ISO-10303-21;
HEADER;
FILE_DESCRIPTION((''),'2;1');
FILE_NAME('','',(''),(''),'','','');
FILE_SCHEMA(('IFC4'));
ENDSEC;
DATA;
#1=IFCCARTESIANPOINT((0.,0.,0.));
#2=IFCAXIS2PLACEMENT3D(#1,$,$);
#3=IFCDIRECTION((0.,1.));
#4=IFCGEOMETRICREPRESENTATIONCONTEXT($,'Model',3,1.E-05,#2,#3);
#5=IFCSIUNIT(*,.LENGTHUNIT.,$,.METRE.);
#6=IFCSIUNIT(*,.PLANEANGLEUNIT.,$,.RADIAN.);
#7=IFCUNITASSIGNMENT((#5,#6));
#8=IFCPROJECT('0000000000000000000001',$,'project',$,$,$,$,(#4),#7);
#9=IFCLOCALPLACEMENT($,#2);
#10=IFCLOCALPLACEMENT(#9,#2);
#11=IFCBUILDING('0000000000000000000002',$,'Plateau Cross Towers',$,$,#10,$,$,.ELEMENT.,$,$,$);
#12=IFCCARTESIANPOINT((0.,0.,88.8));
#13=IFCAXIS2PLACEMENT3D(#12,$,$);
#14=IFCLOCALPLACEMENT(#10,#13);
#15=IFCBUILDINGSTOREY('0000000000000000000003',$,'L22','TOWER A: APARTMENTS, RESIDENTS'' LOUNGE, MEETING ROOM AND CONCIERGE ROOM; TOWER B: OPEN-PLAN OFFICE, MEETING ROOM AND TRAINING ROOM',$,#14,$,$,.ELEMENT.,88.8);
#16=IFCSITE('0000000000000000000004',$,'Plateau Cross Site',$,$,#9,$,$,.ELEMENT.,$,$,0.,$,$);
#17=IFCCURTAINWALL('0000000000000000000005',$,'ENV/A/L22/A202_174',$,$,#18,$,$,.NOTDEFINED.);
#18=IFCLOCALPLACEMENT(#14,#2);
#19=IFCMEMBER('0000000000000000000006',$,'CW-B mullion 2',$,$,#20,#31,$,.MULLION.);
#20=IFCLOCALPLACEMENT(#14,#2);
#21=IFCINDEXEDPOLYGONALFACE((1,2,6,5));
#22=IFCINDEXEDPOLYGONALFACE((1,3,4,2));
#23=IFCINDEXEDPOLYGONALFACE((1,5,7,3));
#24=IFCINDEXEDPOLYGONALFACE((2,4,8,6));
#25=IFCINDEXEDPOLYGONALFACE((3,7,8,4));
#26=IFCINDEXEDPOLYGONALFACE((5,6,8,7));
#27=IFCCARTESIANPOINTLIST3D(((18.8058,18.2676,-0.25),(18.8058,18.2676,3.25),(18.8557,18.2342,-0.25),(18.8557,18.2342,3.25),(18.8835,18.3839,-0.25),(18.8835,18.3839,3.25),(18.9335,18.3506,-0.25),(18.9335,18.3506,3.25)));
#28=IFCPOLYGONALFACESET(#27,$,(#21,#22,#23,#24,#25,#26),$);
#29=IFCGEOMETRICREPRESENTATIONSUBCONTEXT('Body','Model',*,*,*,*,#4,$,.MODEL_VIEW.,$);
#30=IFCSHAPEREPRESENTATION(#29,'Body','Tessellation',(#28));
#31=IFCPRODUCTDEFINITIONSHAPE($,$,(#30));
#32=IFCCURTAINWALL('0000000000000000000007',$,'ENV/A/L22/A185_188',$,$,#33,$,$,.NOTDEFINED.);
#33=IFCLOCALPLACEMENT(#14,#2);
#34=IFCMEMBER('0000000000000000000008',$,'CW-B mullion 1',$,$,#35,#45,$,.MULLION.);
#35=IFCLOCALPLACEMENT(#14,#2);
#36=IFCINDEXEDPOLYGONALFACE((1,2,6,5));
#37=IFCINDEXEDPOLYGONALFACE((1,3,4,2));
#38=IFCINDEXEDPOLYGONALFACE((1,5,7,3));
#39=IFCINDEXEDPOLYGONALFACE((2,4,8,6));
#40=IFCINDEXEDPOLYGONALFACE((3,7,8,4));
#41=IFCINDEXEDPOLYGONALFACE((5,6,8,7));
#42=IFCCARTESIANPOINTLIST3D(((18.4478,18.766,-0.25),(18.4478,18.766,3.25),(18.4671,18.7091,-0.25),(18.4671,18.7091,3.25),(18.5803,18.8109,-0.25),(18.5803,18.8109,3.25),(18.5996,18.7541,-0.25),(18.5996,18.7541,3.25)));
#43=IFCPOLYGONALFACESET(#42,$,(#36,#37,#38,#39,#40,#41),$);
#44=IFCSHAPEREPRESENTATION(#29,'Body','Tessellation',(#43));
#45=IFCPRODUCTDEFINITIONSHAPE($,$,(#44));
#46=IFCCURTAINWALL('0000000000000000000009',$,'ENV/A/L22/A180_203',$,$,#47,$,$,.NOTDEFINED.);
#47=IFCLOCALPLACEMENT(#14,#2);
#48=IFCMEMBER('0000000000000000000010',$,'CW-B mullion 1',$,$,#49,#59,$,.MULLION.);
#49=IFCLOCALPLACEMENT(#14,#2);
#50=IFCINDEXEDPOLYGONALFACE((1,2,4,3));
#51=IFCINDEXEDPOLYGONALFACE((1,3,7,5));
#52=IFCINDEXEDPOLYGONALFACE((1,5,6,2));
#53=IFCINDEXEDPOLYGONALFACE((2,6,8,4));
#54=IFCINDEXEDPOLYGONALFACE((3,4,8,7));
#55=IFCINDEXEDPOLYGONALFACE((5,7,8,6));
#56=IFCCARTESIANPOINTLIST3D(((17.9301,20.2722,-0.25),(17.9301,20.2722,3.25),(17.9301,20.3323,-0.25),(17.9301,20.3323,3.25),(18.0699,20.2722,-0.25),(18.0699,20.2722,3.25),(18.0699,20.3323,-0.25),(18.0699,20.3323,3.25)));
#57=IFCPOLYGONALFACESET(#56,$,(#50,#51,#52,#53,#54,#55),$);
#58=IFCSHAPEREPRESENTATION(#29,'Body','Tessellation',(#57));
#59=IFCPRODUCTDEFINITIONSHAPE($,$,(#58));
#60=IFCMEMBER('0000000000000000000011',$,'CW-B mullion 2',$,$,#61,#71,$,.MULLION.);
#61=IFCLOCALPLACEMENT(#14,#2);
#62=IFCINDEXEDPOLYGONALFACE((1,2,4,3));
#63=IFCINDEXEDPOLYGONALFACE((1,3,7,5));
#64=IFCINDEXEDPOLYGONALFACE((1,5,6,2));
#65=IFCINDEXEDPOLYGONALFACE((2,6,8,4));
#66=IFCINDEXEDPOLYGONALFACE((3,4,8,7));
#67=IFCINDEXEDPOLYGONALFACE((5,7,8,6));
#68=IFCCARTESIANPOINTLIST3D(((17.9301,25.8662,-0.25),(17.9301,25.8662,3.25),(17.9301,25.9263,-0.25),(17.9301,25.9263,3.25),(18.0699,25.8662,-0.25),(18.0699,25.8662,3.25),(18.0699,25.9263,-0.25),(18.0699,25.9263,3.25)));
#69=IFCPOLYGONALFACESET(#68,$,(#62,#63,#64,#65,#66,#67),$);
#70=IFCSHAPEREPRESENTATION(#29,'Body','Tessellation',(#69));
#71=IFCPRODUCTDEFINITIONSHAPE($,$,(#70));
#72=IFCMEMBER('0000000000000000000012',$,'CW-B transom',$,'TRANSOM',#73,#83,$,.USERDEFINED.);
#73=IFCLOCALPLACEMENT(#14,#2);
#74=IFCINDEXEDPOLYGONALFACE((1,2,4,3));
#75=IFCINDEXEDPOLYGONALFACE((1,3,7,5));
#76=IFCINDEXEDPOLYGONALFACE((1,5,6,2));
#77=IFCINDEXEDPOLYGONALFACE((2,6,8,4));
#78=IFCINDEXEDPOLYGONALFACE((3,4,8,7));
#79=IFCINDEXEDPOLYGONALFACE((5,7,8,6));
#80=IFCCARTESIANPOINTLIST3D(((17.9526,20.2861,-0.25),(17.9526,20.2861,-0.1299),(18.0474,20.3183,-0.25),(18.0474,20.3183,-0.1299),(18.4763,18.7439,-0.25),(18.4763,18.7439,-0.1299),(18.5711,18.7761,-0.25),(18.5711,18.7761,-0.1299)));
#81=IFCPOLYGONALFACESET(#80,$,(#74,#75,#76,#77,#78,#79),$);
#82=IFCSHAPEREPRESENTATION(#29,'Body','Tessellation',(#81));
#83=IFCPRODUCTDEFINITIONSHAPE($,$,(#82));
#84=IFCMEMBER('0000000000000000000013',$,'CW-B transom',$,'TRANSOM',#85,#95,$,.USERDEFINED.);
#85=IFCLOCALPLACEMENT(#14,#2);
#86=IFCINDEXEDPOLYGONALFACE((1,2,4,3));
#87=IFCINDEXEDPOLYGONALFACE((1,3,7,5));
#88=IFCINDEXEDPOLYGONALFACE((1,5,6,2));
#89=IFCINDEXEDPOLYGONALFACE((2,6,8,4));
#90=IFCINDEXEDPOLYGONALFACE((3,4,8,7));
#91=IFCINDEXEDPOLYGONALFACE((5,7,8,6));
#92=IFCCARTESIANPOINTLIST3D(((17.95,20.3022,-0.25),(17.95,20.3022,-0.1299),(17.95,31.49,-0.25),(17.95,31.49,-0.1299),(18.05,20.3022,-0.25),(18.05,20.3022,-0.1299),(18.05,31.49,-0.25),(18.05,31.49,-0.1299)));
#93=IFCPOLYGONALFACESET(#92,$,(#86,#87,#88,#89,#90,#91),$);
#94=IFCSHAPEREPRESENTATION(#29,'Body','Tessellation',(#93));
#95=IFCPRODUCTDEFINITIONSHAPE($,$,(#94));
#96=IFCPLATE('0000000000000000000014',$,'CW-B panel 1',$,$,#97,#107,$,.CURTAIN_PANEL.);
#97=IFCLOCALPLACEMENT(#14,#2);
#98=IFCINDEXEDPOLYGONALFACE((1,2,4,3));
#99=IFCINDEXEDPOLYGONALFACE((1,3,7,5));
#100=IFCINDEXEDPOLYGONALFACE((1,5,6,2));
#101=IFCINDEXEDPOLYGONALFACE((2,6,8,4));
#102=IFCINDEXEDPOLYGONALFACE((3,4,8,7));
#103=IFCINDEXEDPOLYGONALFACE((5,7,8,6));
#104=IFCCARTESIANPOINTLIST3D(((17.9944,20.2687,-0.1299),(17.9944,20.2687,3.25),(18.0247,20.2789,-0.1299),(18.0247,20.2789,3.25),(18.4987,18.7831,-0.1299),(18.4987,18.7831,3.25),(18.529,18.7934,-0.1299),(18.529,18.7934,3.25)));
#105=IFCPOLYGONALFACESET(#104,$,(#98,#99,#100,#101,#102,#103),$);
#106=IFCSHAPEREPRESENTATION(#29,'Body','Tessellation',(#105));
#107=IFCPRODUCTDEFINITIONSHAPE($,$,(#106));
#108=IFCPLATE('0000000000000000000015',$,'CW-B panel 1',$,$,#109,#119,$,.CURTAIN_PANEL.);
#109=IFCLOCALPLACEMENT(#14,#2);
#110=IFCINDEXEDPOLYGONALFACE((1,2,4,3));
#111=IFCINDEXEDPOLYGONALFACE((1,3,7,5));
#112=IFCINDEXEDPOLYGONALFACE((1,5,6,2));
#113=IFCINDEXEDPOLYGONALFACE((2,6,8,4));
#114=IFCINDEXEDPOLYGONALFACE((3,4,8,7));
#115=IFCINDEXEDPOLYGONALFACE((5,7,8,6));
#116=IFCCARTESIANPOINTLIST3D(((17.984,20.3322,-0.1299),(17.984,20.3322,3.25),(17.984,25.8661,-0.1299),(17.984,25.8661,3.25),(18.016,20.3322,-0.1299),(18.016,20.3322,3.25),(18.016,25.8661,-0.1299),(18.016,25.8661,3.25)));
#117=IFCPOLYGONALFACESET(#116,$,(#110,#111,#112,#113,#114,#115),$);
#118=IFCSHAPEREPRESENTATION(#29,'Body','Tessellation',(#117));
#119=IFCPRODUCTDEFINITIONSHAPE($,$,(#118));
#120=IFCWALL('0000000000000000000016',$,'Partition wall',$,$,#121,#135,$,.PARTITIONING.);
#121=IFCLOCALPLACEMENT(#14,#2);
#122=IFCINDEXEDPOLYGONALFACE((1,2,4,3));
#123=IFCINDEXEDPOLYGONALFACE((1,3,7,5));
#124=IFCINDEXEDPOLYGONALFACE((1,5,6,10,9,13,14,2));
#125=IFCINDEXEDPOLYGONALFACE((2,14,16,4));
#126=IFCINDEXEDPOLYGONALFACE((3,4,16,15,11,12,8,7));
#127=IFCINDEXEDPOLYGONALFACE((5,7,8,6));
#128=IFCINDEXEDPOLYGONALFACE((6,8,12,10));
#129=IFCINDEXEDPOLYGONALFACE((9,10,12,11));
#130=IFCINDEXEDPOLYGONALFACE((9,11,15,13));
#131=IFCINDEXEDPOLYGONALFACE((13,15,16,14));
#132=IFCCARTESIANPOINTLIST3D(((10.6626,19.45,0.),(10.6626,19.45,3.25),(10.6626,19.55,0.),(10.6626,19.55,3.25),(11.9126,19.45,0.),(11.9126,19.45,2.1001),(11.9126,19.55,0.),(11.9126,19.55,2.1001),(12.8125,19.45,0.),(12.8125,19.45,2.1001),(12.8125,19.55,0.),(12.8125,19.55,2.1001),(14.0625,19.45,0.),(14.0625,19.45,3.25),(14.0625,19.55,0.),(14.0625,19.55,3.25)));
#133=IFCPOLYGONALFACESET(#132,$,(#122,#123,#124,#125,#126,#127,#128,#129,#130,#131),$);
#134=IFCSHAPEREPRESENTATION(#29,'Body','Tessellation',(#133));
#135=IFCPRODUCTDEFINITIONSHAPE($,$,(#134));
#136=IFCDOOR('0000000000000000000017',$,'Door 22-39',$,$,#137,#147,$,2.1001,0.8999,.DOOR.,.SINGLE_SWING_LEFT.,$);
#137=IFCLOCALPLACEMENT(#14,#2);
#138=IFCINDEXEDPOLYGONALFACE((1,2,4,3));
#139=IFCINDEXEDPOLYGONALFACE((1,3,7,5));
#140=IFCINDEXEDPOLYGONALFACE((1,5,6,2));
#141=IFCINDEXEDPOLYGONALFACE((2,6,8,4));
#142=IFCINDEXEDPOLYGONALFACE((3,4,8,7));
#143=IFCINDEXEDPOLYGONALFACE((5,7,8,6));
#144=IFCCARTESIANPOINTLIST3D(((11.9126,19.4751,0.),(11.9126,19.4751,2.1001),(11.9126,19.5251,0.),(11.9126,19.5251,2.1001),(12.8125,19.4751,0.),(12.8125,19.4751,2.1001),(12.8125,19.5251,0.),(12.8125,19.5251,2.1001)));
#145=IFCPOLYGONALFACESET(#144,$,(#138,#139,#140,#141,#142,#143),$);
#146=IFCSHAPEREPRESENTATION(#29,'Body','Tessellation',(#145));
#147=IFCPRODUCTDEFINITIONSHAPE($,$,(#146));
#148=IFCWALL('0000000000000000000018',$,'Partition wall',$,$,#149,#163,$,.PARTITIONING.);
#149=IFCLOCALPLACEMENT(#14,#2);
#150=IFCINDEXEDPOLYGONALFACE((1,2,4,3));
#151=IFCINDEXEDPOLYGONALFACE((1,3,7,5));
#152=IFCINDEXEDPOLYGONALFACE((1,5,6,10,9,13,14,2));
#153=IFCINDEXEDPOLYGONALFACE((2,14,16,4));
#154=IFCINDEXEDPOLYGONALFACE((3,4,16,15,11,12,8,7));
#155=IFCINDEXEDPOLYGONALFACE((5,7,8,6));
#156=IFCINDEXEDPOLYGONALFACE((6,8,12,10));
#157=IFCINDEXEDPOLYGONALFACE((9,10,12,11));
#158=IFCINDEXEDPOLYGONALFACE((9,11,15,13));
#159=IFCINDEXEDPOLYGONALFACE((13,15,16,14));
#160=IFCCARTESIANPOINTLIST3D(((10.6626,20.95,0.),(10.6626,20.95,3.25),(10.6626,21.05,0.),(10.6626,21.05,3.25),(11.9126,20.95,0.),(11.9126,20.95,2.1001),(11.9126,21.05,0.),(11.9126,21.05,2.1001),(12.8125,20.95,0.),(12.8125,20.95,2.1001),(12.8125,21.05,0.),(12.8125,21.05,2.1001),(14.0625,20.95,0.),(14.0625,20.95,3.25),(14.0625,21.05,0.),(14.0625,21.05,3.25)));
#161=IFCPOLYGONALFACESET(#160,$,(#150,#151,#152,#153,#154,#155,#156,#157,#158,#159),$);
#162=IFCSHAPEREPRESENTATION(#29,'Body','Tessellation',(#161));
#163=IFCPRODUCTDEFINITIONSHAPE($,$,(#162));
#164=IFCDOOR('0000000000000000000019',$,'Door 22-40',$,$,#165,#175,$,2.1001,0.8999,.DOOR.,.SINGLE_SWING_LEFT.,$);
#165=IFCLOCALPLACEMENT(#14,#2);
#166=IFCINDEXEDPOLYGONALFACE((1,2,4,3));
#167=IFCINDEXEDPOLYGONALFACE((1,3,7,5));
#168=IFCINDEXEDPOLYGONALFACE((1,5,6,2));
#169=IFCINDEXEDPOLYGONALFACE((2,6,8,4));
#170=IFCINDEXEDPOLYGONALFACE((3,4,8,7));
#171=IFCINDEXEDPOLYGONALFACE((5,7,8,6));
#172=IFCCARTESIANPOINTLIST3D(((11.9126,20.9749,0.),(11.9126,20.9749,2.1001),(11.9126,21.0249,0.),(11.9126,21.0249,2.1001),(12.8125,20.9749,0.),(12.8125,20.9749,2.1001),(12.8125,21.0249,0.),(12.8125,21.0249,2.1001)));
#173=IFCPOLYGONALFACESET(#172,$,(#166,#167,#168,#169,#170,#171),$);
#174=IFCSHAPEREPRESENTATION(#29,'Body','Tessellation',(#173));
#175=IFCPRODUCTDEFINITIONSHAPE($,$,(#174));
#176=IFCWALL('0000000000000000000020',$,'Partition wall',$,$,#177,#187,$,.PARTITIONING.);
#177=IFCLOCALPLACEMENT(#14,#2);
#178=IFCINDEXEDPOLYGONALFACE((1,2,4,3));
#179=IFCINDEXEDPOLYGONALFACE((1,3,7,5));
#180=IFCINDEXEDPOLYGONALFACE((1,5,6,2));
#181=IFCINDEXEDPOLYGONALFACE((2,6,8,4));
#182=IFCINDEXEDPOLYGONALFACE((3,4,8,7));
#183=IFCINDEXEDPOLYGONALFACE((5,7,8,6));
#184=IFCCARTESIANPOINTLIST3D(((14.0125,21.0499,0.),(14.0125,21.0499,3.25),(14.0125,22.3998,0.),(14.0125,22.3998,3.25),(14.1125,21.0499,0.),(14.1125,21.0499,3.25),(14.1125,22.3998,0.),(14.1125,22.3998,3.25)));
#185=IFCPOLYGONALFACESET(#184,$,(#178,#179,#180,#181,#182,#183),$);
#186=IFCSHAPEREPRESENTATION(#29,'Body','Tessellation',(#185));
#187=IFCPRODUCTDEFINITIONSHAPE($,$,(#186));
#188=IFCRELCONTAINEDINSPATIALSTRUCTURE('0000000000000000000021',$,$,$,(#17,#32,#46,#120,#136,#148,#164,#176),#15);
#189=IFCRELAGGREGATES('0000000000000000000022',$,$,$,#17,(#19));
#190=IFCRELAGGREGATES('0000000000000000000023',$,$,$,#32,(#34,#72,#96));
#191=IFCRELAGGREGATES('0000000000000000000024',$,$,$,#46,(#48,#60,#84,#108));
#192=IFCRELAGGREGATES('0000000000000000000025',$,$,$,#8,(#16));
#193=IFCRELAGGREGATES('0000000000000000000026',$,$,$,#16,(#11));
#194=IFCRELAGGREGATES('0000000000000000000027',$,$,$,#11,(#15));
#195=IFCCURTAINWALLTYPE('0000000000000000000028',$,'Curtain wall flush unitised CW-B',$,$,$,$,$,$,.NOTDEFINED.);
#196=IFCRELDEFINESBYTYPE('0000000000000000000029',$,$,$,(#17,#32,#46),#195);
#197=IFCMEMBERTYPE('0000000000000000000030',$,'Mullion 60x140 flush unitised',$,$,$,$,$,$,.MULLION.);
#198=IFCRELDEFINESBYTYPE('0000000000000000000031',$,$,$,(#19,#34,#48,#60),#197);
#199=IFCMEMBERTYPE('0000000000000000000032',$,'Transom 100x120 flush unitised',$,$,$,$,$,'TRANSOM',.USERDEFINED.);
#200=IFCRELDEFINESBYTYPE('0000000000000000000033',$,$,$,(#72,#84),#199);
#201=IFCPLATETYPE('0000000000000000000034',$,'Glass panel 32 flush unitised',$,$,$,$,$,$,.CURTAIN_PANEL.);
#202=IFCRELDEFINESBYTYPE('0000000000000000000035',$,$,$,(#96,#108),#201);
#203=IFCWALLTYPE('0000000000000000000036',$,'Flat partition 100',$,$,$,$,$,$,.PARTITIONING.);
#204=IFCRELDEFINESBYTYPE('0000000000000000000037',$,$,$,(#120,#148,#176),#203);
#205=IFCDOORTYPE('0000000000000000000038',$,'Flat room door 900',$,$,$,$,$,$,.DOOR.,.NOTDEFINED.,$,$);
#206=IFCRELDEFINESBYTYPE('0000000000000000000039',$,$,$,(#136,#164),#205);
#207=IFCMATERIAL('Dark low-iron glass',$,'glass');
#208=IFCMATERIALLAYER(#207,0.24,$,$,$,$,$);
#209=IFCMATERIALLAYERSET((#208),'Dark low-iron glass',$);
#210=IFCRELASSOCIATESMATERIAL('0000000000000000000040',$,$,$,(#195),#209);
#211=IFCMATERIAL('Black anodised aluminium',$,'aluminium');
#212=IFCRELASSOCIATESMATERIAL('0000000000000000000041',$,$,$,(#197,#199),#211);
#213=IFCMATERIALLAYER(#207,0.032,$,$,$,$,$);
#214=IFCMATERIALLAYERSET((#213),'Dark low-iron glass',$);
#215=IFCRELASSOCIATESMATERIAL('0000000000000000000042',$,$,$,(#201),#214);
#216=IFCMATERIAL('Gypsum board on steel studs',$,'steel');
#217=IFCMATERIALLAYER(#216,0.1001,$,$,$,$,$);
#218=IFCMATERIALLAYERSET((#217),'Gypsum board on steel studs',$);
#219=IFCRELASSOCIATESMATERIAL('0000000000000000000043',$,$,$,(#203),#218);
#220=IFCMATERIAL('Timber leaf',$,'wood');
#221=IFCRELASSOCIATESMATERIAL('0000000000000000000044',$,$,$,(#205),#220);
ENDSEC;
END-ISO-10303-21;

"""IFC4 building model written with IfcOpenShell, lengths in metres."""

from ifc_helpers import new_model, si_unit, direction, frame, frame_2d, origin, origin_2d, place, context, subcontext, project, spatial, rectangle, extrude, material, layer, layer_set, material_profile, profile_set, type_object, element, fill, aggregate, save


model = new_model("IFC4")

# Units and contexts
model_context = context("Model", 3, precision=1e-05, world=origin(), true_north=direction((0.0, 1.0)))
body_context = subcontext(model_context, "Body", "Model", "MODEL_VIEW")
ifc_project = project(units=[si_unit("LENGTHUNIT", "METRE"), si_unit("PLANEANGLEUNIT", "RADIAN")], contexts=[model_context])

# Site, building, storey
site_placement = place(None, origin())
site = spatial("IfcSite", under=ifc_project, at=site_placement, Name="Plateau Cross Site", CompositionType="ELEMENT", RefElevation=0.0)
building_placement = place(site_placement, origin())
building = spatial("IfcBuilding", under=site, at=building_placement, Name="Plateau Cross Towers", CompositionType="ELEMENT")
storey_placement = place(building_placement, frame((0.0, 0.0, 88.8)))
storey = spatial("IfcBuildingStorey", under=building, at=storey_placement, Name="L22", Description="TOWER A: APARTMENTS, RESIDENTS' LOUNGE, MEETING ROOM AND CONCIERGE ROOM; TOWER B: OPEN-PLAN OFFICE, MEETING ROOM AND TRAINING ROOM", CompositionType="ELEMENT", Elevation=88.8)

# Curtain walls, members
ifc_material_1 = material(Name="Dark low-iron glass", Category="glass")
ifc_layer_1 = layer(ifc_material_1, 0.24)
ifc_layer_set_1 = layer_set([ifc_layer_1], Name="Dark low-iron glass")
curtain_wall_type = type_object("IfcCurtainWallType", Name="Curtain wall flush unitised CW-B", PredefinedType="NOTDEFINED", material=ifc_layer_set_1)
curtain_wall_1_placement = place(storey_placement, origin())
curtain_wall_1 = element("IfcCurtainWall", 1, at=curtain_wall_1_placement, inside=storey, type_object=curtain_wall_type, Name="ENV/A/L22/A202_174", PredefinedType="NOTDEFINED")
ifc_material_2 = material(Name="Black anodised aluminium", Category="aluminium")
ifc_material_profile_1 = material_profile(ifc_material_2, rectangle(XDim=0.0601, YDim=0.1399, at=origin_2d()), Name="MULLION 60x140")
ifc_profile_set_1 = profile_set([ifc_material_profile_1], Name="Black anodised aluminium")
member_type_1 = type_object("IfcMemberType", Name="Mullion 60x140 flush unitised", PredefinedType="MULLION", material=ifc_profile_set_1)
member_1_placement = place(storey_placement, frame((18.8696, 18.3091, -0.25), z_axis=(0.0, 0.0, 1.0), x_axis=(-0.831521, 0.555493, 0.0)))
member_1 = element("IfcMember", 2, at=member_1_placement, type_object=member_type_1, Name="CW-B mullion 2", PredefinedType="MULLION", context=body_context, shape_type="SweptSolid", body=[
    extrude(rectangle(XDim=0.0601, YDim=0.1399, at=origin_2d()), origin(), (0.0, 0.0, 1.0), 3.5),
])
aggregate(curtain_wall_1, [member_1])
curtain_wall_2_placement = place(storey_placement, origin())
curtain_wall_2 = element("IfcCurtainWall", 3, at=curtain_wall_2_placement, inside=storey, type_object=curtain_wall_type, Name="ENV/A/L22/A185_188", PredefinedType="NOTDEFINED")
member_2_placement = place(storey_placement, frame((18.5237, 18.76, -0.25), z_axis=(0.0, 0.0, 1.0), x_axis=(-0.321469, 0.94692, 0.0)))
member_2 = element("IfcMember", 4, at=member_2_placement, type_object=member_type_1, Name="CW-B mullion 1", PredefinedType="MULLION", context=body_context, shape_type="SweptSolid", body=[
    extrude(rectangle(XDim=0.0601, YDim=0.1399, at=origin_2d()), origin(), (0.0, 0.0, 1.0), 3.5),
])

# Curtain wall, members
curtain_wall_3_placement = place(storey_placement, origin())
curtain_wall_3 = element("IfcCurtainWall", 5, at=curtain_wall_3_placement, inside=storey, type_object=curtain_wall_type, Name="ENV/A/L22/A180_203", PredefinedType="NOTDEFINED")
member_3_placement = place(storey_placement, frame((18.0, 20.3022, -0.25), z_axis=(0.0, 0.0, 1.0), x_axis=(0.0, 1.0, 0.0)))
member_3 = element("IfcMember", 6, at=member_3_placement, type_object=member_type_1, Name="CW-B mullion 1", PredefinedType="MULLION", context=body_context, shape_type="SweptSolid", body=[
    extrude(rectangle(XDim=0.0601, YDim=0.1399, at=origin_2d()), origin(), (0.0, 0.0, 1.0), 3.5),
])
member_4_placement = place(storey_placement, frame((18.0, 25.8962, -0.25), z_axis=(0.0, 0.0, 1.0), x_axis=(0.0, 1.0, 0.0)))
member_4 = element("IfcMember", 7, at=member_4_placement, type_object=member_type_1, Name="CW-B mullion 2", PredefinedType="MULLION", context=body_context, shape_type="SweptSolid", body=[
    extrude(rectangle(XDim=0.0601, YDim=0.1399, at=origin_2d()), origin(), (0.0, 0.0, 1.0), 3.5),
])

# Members
ifc_material_profile_2 = material_profile(ifc_material_2, rectangle(XDim=0.1001, YDim=0.1201, at=origin_2d()), Name="TRANSOM 100x120")
ifc_profile_set_2 = profile_set([ifc_material_profile_2], Name="Black anodised aluminium")
member_type_2 = type_object("IfcMemberType", Name="Transom 100x120 flush unitised", ElementType="TRANSOM", PredefinedType="USERDEFINED", material=ifc_profile_set_2)
member_5_placement = place(storey_placement, frame((18.5237, 18.76, -0.1899), z_axis=(-0.321529, 0.9469, 0.0), x_axis=(-0.9469, -0.321529, 0.0)))
member_5 = element("IfcMember", 8, at=member_5_placement, type_object=member_type_2, Name="CW-B transom", ObjectType="TRANSOM", PredefinedType="USERDEFINED", context=body_context, shape_type="SweptSolid", body=[
    extrude(rectangle(XDim=0.1001, YDim=0.1201, at=origin_2d()), origin(), (0.0, 0.0, 1.0), 1.6287),
])
member_6_placement = place(storey_placement, frame((18.0, 20.3022, -0.1899), z_axis=(0.0, 1.0, 0.0), x_axis=(-1.0, 0.0, 0.0)))
member_6 = element("IfcMember", 9, at=member_6_placement, type_object=member_type_2, Name="CW-B transom", ObjectType="TRANSOM", PredefinedType="USERDEFINED", context=body_context, shape_type="SweptSolid", body=[
    extrude(rectangle(XDim=0.1001, YDim=0.1201, at=origin_2d()), origin(), (0.0, 0.0, 1.0), 11.1877),
])

# Plates
ifc_layer_2 = layer(ifc_material_1, 0.032)
ifc_layer_set_2 = layer_set([ifc_layer_2], Name="Dark low-iron glass")
plate_type = type_object("IfcPlateType", Name="Glass panel 32 flush unitised", PredefinedType="CURTAIN_PANEL", material=ifc_layer_set_2)
plate_1_placement = place(storey_placement, frame((18.2617, 19.531, -0.1299), z_axis=(0.0, 0.0, 1.0), x_axis=(-0.321469, 0.94692, 0.0)))
plate_1 = element("IfcPlate", 10, at=plate_1_placement, type_object=plate_type, Name="CW-B panel 1", PredefinedType="CURTAIN_PANEL", context=body_context, shape_type="SweptSolid", body=[
    extrude(rectangle(XDim=1.5688, YDim=0.032, at=origin_2d()), origin(), (0.0, 0.0, 1.0), 3.3799),
])
aggregate(curtain_wall_2, [member_2, member_5, plate_1])
plate_2_placement = place(storey_placement, frame((18.0, 23.0991, -0.1299), z_axis=(0.0, 0.0, 1.0), x_axis=(0.0, 1.0, 0.0)))
plate_2 = element("IfcPlate", 11, at=plate_2_placement, type_object=plate_type, Name="CW-B panel 1", PredefinedType="CURTAIN_PANEL", context=body_context, shape_type="SweptSolid", body=[
    extrude(rectangle(XDim=5.5339, YDim=0.032, at=origin_2d()), origin(), (0.0, 0.0, 1.0), 3.3799),
])
aggregate(curtain_wall_3, [member_3, member_4, member_6, plate_2])

# Walls, openings, doors
ifc_material_3 = material(Name="Gypsum board on steel studs", Category="steel")
ifc_layer_3 = layer(ifc_material_3, 0.1001)
ifc_layer_set_3 = layer_set([ifc_layer_3], Name="Gypsum board on steel studs")
wall_type_1 = type_object("IfcWallType", Name="Flat partition 100", PredefinedType="PARTITIONING", material=ifc_layer_set_3)
wall_1_placement = place(storey_placement, frame((14.0625, 19.5, 0.0), z_axis=(0.0, 0.0, 1.0), x_axis=(-1.0, 0.0, 0.0)))
wall_1 = element("IfcWall", 12, at=wall_1_placement, inside=storey, type_object=wall_type_1, Name="Partition wall", PredefinedType="PARTITIONING", context=body_context, shape_type="SweptSolid", body=[
    extrude(rectangle(XDim=3.3999, YDim=0.1001, at=frame_2d((1.7, 0.0))), origin(), (0.0, 0.0, 1.0), 3.25),
])
opening_1_placement = place(wall_1_placement, frame((1.25, 0.0, 0.0)))
opening_1 = element("IfcOpeningElement", 13, at=opening_1_placement, cuts=wall_1, PredefinedType="OPENING", context=body_context, shape_type="SweptSolid", body=[
    extrude(rectangle(XDim=0.8999, YDim=2.1001, at=frame_2d((0.45, 1.05))), frame((0.0, 0.0601, 0.0), z_axis=(0.0, -1.0, 0.0), x_axis=(1.0, 0.0, 0.0)), (0.0, 0.0, 1.0), 0.1201),
])
ifc_material_4 = material(Name="Timber leaf", Category="wood")
door_type = type_object("IfcDoorType", Name="Flat room door 900", OperationType="NOTDEFINED", PredefinedType="DOOR", material=ifc_material_4)
door_1_placement = place(opening_1_placement, origin())
door_1 = element("IfcDoor", 14, at=door_1_placement, inside=storey, type_object=door_type, Name="Door 22-39", OperationType="SINGLE_SWING_LEFT", OverallHeight=2.1001, OverallWidth=0.8999, PredefinedType="DOOR", context=body_context, shape_type="SweptSolid", body=[
    extrude(rectangle(XDim=0.8999, YDim=2.1001, at=frame_2d((0.45, 1.05))), frame((0.0, 0.0249, 0.0), z_axis=(0.0, -1.0, 0.0), x_axis=(1.0, 0.0, 0.0)), (0.0, 0.0, 1.0), 0.05),
])
fill(opening_1, door_1)
wall_2_placement = place(storey_placement, frame((10.6626, 21.0, 0.0), z_axis=(0.0, 0.0, 1.0), x_axis=(1.0, 0.0, 0.0)))
wall_2 = element("IfcWall", 15, at=wall_2_placement, inside=storey, type_object=wall_type_1, Name="Partition wall", PredefinedType="PARTITIONING", context=body_context, shape_type="SweptSolid", body=[
    extrude(rectangle(XDim=3.3999, YDim=0.1001, at=frame_2d((1.7, 0.0))), origin(), (0.0, 0.0, 1.0), 3.25),
])
opening_2_placement = place(wall_2_placement, frame((1.25, 0.0, 0.0)))
opening_2 = element("IfcOpeningElement", 16, at=opening_2_placement, cuts=wall_2, PredefinedType="OPENING", context=body_context, shape_type="SweptSolid", body=[
    extrude(rectangle(XDim=0.8999, YDim=2.1001, at=frame_2d((0.45, 1.05))), frame((0.0, 0.0601, 0.0), z_axis=(0.0, -1.0, 0.0), x_axis=(1.0, 0.0, 0.0)), (0.0, 0.0, 1.0), 0.1201),
])
door_2_placement = place(opening_2_placement, origin())
door_2 = element("IfcDoor", 17, at=door_2_placement, inside=storey, type_object=door_type, Name="Door 22-40", OperationType="SINGLE_SWING_LEFT", OverallHeight=2.1001, OverallWidth=0.8999, PredefinedType="DOOR", context=body_context, shape_type="SweptSolid", body=[
    extrude(rectangle(XDim=0.8999, YDim=2.1001, at=frame_2d((0.45, 1.05))), frame((0.0, 0.0249, 0.0), z_axis=(0.0, -1.0, 0.0), x_axis=(1.0, 0.0, 0.0)), (0.0, 0.0, 1.0), 0.05),
])
fill(opening_2, door_2)

# Wall
wall_3_placement = place(storey_placement, frame((14.0625, 21.05, 0.0), z_axis=(0.0, 0.0, 1.0), x_axis=(0.0, 1.0, 0.0)))
element("IfcWall", 18, at=wall_3_placement, inside=storey, type_object=wall_type_1, Name="Partition wall", PredefinedType="PARTITIONING", context=body_context, shape_type="SweptSolid", body=[
    extrude(rectangle(XDim=1.3499, YDim=0.1001, at=frame_2d((0.6748, 0.0))), origin(), (0.0, 0.0, 1.0), 3.25),
])

save(model, "model.ifc")
